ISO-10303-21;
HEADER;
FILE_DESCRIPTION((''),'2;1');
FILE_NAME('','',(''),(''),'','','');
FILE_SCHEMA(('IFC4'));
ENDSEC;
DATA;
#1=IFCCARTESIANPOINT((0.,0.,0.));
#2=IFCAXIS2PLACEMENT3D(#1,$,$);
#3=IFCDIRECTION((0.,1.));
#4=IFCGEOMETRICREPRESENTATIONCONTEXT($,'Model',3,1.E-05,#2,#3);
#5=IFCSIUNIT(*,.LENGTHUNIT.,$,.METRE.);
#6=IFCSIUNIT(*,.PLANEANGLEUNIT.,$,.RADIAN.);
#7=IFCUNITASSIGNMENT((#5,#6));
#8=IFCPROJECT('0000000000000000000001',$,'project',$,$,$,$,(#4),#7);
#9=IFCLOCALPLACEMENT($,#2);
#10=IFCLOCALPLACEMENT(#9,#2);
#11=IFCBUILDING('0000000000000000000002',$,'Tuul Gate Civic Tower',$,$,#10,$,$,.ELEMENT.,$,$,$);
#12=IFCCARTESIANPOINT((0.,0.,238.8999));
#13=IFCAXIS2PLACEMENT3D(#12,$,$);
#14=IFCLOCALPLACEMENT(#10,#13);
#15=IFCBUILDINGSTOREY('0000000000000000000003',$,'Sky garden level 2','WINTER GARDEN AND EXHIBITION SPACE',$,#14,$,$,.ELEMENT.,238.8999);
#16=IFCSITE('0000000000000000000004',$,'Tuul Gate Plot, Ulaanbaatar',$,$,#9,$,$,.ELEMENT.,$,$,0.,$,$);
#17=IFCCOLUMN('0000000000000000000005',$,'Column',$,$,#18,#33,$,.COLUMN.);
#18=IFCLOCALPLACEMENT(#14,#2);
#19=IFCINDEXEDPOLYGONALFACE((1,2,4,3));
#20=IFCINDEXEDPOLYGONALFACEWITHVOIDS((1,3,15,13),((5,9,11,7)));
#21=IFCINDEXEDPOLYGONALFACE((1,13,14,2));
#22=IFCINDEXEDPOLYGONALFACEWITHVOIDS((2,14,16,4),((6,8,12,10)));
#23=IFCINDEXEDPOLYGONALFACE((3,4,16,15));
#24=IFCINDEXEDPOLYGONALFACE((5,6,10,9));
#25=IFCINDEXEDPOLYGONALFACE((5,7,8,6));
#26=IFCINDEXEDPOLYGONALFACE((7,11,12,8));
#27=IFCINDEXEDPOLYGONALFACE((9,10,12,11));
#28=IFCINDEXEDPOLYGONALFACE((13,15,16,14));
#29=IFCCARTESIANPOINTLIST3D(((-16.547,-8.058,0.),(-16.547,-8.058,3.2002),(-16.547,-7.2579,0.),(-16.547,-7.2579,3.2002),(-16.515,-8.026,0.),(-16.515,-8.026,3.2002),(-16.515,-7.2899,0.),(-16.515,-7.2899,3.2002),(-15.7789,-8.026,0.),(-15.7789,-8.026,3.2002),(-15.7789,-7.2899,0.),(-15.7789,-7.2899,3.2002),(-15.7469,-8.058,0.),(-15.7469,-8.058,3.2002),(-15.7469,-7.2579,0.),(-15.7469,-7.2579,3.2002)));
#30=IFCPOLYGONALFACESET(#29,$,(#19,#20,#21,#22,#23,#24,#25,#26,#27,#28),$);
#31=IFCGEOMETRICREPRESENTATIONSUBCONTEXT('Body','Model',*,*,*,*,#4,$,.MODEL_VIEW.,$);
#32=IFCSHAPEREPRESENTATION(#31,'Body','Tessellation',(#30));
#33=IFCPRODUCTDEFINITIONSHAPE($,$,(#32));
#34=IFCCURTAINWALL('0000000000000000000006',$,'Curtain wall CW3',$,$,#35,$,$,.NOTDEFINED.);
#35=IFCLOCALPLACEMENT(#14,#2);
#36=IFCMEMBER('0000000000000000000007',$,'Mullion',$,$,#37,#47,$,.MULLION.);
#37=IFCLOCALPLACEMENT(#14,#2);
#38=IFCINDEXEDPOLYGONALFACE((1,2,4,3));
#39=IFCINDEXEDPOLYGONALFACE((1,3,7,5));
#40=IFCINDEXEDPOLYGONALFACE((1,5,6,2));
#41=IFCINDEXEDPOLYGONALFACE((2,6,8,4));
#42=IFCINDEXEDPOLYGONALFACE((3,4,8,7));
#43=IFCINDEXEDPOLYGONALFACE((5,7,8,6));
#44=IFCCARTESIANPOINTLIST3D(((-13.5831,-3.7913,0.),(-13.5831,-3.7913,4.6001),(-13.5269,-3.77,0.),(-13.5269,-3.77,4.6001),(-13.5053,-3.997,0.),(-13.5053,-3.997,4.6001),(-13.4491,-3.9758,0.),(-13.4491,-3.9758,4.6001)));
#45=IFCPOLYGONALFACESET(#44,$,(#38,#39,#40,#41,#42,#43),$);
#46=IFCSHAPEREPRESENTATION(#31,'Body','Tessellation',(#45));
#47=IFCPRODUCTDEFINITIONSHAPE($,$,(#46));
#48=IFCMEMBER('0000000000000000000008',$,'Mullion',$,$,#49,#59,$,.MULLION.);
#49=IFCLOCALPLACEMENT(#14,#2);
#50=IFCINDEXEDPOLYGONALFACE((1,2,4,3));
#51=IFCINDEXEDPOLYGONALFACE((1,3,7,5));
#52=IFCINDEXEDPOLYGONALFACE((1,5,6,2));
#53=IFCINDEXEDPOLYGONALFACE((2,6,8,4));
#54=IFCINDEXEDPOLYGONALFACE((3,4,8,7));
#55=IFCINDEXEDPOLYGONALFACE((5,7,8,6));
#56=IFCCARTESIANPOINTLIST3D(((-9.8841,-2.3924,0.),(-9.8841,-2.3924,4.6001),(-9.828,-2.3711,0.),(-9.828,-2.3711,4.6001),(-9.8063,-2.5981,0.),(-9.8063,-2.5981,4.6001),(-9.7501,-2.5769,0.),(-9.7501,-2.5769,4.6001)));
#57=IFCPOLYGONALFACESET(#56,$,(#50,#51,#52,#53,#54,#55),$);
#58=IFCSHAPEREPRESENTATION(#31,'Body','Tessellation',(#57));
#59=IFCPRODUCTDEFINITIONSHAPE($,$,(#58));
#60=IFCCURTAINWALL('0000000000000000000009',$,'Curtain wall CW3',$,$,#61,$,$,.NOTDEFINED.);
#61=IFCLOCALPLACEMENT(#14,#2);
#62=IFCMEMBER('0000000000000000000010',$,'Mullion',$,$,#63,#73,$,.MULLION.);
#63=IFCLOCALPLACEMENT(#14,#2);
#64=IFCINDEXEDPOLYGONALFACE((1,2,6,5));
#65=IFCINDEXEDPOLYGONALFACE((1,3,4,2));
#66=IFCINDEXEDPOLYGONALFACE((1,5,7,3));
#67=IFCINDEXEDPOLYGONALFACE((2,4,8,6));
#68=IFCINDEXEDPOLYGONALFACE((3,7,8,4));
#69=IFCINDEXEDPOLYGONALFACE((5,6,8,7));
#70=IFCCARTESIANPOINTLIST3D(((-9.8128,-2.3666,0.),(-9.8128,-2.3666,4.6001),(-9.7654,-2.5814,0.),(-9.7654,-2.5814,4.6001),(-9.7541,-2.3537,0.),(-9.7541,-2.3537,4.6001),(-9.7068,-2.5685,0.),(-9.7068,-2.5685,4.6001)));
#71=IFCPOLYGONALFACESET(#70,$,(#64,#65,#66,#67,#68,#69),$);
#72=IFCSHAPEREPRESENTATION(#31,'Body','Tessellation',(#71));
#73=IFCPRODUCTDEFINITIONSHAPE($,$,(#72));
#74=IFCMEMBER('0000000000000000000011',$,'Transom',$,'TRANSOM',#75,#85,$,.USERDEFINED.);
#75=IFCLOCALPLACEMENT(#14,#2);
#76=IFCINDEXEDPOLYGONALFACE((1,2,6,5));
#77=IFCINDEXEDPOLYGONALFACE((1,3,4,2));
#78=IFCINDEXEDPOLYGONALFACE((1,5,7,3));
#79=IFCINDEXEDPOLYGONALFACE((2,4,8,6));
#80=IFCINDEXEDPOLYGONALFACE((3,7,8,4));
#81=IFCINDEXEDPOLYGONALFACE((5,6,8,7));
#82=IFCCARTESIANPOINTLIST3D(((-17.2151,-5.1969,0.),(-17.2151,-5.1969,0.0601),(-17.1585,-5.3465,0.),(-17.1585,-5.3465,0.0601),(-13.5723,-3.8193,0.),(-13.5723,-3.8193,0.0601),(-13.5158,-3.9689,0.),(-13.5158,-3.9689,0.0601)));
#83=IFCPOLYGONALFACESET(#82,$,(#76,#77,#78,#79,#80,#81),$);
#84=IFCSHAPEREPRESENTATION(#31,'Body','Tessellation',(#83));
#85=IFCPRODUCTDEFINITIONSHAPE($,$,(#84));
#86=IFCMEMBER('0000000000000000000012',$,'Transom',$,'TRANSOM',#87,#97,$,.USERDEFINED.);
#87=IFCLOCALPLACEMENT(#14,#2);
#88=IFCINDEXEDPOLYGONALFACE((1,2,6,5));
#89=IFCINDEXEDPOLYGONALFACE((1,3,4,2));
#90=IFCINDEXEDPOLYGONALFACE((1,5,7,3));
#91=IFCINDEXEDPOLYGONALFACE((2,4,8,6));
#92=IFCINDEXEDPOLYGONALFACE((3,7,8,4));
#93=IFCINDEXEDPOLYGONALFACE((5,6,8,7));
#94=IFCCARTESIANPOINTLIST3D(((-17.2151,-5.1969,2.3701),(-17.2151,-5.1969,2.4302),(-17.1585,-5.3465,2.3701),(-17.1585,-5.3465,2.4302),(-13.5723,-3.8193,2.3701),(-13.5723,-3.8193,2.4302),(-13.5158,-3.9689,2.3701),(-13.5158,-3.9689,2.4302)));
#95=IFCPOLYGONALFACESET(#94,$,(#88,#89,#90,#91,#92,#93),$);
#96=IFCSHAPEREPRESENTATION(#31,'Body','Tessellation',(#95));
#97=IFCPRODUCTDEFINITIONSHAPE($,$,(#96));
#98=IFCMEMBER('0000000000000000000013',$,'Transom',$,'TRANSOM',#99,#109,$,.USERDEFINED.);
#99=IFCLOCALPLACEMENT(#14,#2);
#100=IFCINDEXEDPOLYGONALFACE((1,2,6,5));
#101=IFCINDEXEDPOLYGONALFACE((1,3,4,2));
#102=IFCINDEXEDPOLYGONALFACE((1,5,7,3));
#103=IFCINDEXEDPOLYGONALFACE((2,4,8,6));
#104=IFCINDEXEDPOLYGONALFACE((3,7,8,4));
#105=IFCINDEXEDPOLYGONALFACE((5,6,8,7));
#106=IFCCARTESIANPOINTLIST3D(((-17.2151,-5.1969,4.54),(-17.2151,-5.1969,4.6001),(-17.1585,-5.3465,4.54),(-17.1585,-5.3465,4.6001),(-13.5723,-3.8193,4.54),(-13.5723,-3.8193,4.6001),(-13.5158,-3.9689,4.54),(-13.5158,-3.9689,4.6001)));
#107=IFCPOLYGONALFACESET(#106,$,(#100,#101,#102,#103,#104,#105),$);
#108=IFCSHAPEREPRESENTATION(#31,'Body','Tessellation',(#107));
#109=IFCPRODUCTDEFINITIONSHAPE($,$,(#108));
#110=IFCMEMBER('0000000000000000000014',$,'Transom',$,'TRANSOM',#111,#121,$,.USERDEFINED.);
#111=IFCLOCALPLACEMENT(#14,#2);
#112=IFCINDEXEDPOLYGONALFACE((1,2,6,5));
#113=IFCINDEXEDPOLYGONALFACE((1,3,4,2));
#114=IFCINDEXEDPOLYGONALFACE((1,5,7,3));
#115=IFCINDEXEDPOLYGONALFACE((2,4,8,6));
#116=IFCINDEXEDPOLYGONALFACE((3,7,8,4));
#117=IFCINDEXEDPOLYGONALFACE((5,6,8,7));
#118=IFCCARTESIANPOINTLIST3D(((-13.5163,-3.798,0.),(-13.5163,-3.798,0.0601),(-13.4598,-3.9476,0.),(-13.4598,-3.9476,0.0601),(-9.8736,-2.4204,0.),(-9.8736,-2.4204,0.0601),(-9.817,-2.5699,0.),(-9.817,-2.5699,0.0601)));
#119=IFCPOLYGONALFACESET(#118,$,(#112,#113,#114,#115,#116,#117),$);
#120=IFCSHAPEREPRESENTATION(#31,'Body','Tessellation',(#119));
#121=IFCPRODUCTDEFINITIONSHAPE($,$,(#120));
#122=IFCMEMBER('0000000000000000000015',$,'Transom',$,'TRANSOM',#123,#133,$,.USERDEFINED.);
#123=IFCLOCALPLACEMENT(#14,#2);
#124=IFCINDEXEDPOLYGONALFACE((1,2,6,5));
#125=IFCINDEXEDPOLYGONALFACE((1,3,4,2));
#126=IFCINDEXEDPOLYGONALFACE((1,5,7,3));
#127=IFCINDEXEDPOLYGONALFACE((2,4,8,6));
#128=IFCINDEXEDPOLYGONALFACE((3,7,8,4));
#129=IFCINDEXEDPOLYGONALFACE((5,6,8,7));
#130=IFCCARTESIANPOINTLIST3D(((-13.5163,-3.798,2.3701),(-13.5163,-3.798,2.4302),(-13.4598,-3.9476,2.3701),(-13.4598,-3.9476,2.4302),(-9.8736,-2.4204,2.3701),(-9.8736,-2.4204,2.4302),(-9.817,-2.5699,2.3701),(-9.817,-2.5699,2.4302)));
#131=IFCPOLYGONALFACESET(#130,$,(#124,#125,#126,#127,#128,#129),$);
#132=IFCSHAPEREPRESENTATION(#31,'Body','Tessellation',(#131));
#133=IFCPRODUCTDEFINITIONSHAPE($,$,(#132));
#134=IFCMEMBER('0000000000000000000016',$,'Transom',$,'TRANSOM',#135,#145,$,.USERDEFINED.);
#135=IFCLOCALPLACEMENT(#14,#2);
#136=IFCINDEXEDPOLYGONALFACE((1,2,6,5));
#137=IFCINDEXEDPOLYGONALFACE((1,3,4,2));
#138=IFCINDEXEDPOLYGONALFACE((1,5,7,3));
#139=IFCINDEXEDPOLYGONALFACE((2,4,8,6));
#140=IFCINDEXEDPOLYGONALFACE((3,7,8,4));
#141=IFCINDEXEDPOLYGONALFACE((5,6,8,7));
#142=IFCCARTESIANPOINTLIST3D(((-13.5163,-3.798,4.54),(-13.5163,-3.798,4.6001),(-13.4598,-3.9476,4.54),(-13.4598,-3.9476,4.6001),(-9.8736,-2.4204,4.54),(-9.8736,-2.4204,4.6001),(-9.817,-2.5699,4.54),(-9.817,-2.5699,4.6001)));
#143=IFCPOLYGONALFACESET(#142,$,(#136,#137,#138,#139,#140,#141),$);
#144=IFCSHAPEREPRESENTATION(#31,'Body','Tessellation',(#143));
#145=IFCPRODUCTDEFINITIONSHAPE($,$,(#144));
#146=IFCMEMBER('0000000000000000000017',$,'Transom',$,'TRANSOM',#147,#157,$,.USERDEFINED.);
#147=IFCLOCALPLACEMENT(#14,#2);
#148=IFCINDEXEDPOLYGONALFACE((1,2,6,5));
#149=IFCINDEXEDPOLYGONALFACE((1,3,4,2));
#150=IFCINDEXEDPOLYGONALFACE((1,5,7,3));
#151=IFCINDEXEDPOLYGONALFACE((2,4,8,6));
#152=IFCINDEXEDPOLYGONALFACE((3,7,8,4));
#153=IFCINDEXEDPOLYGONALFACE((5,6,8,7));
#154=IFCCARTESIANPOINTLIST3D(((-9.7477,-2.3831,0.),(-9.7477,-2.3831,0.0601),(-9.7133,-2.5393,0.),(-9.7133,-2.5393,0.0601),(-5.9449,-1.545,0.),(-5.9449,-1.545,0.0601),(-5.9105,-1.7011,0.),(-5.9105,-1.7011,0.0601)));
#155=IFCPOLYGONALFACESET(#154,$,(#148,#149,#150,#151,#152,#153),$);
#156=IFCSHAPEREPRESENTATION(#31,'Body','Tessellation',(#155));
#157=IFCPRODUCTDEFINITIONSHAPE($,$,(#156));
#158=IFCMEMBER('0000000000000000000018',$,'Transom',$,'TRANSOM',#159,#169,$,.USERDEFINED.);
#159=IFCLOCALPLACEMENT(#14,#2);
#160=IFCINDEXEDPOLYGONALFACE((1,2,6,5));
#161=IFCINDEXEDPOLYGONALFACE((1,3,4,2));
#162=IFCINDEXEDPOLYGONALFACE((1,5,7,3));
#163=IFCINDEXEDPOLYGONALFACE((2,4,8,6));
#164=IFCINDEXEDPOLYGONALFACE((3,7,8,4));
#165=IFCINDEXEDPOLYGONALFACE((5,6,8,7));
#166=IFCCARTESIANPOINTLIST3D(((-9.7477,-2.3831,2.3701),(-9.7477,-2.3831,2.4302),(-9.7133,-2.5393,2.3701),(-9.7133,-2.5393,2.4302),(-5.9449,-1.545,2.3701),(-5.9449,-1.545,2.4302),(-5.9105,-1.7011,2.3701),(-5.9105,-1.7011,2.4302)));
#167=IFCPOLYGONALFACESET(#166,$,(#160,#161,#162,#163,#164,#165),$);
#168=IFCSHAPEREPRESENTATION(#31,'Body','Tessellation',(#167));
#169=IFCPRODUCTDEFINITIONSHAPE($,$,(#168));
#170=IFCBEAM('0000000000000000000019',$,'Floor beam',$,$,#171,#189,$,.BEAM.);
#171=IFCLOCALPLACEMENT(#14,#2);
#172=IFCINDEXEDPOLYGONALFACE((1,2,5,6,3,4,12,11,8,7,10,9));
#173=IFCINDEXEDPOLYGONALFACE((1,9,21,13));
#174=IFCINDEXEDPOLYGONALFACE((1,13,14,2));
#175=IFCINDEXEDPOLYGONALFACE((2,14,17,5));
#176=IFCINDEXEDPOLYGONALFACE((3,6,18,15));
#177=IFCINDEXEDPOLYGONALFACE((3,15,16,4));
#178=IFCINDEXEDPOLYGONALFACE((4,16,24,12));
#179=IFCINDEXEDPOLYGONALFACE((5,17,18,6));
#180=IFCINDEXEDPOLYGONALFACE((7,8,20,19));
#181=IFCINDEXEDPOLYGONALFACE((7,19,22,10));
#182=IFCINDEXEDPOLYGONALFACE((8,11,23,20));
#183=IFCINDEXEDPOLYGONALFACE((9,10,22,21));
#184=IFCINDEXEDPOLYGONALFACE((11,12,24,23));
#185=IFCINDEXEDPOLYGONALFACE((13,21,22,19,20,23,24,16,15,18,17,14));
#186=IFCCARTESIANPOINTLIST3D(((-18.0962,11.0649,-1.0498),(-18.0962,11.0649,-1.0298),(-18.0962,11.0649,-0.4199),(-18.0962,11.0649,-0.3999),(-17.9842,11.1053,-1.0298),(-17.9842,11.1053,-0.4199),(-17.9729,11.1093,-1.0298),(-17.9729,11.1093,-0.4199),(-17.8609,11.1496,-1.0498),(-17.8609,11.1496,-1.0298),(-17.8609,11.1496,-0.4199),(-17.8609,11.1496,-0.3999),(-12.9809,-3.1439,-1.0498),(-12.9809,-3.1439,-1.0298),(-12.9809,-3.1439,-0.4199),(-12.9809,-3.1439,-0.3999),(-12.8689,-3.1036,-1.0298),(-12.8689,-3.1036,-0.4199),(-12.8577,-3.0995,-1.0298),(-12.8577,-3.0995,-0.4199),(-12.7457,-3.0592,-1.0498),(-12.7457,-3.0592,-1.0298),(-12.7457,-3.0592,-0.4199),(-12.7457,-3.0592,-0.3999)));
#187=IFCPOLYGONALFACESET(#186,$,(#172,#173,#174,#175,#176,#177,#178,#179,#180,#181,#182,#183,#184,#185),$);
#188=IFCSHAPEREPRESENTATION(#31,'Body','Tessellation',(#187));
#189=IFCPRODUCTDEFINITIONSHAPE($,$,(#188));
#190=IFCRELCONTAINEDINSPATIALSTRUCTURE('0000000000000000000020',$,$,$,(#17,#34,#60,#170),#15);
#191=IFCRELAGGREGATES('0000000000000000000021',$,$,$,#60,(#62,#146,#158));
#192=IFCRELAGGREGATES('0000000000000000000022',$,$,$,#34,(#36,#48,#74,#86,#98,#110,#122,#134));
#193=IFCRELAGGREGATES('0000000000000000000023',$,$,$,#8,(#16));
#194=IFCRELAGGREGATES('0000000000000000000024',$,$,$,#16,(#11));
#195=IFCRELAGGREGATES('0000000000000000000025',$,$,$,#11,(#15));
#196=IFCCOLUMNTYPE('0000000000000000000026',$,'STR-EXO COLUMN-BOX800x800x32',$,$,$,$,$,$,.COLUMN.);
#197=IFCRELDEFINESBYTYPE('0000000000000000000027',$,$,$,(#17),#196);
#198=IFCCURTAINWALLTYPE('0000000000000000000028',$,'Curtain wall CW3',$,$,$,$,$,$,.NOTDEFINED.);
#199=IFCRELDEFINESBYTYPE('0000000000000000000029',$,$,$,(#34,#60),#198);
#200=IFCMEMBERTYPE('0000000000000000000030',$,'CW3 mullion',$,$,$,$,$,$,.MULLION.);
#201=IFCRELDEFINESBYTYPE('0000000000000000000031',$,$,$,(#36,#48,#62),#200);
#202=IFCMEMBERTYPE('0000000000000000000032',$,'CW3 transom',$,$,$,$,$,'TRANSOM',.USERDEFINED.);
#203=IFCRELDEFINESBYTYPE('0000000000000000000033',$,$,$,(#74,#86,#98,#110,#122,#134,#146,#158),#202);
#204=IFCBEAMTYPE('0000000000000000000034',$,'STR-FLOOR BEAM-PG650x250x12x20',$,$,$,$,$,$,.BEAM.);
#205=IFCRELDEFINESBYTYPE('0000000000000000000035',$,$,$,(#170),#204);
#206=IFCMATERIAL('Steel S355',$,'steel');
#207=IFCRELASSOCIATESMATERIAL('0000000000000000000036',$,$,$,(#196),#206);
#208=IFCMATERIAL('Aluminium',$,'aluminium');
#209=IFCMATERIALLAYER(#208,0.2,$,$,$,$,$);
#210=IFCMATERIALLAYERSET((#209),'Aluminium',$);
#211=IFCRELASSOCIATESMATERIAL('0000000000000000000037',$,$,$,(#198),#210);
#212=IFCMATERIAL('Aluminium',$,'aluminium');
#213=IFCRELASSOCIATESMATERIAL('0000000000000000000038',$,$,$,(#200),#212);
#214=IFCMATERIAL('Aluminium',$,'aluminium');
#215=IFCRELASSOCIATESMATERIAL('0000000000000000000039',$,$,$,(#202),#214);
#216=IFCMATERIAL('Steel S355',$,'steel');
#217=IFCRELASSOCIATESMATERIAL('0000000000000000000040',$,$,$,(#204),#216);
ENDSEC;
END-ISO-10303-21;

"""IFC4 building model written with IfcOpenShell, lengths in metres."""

from ifc_helpers import new_model, si_unit, direction, frame, origin, origin_2d, place, context, subcontext, project, spatial, rectangle, hollow_rectangle, i_section, extrude, material, layer, layer_set, material_profile, profile_set, type_object, element, aggregate, save


model = new_model("IFC4")

# Units and contexts
model_context = context("Model", 3, precision=1e-05, world=origin(), true_north=direction((0.0, 1.0)))
body_context = subcontext(model_context, "Body", "Model", "MODEL_VIEW")
ifc_project = project(units=[si_unit("LENGTHUNIT", "METRE"), si_unit("PLANEANGLEUNIT", "RADIAN")], contexts=[model_context])

# Site, building, storey
site_placement = place(None, origin())
site = spatial("IfcSite", under=ifc_project, at=site_placement, Name="Tuul Gate Plot, Ulaanbaatar", CompositionType="ELEMENT", RefElevation=0.0)
building_placement = place(site_placement, origin())
building = spatial("IfcBuilding", under=site, at=building_placement, Name="Tuul Gate Civic Tower", CompositionType="ELEMENT")
storey_placement = place(building_placement, frame((0.0, 0.0, 238.8999)))
storey = spatial("IfcBuildingStorey", under=building, at=storey_placement, Name="Sky garden level 2", Description="WINTER GARDEN AND EXHIBITION SPACE", CompositionType="ELEMENT", Elevation=238.8999)

# Column
ifc_material_1 = material(Name="Steel S355", Category="steel")
ifc_material_profile_1 = material_profile(ifc_material_1, hollow_rectangle(XDim=0.8, YDim=0.8, WallThickness=0.032, at=origin_2d()), Name="BOX800x800x32")
ifc_profile_set_1 = profile_set([ifc_material_profile_1], Name="Steel S355")
column_type = type_object("IfcColumnType", Name="STR-EXO COLUMN-BOX800x800x32", PredefinedType="COLUMN", material=ifc_profile_set_1)
column_placement = place(storey_placement, frame((-16.147, -7.658, 0.0), z_axis=(0.0, 0.0, 1.0), x_axis=(1.0, 0.0, 0.0)))
element("IfcColumn", 1, at=column_placement, inside=storey, type_object=column_type, Name="Column", PredefinedType="COLUMN", context=body_context, shape_type="SweptSolid", body=[
    extrude(hollow_rectangle(XDim=0.8, YDim=0.8, WallThickness=0.032, at=origin_2d()), origin(), (0.0, 0.0, 1.0), 3.2002),
])

# Curtain wall, members
ifc_material_2 = material(Name="Aluminium", Category="aluminium")
ifc_layer_1 = layer(ifc_material_2, 0.2)
ifc_layer_set_1 = layer_set([ifc_layer_1], Name="Aluminium")
curtain_wall_type = type_object("IfcCurtainWallType", Name="Curtain wall CW3", PredefinedType="NOTDEFINED", material=ifc_layer_set_1)
curtain_wall_1_placement = place(storey_placement, origin())
curtain_wall_1 = element("IfcCurtainWall", 2, at=curtain_wall_1_placement, inside=storey, type_object=curtain_wall_type, Name="Curtain wall CW3", PredefinedType="NOTDEFINED")
ifc_material_3 = material(Name="Aluminium", Category="aluminium")
ifc_material_profile_2 = material_profile(ifc_material_3, rectangle(XDim=0.22, YDim=0.0601, at=origin_2d()), Name="CW3 mullion")
ifc_profile_set_2 = profile_set([ifc_material_profile_2], Name="Aluminium")
member_type_1 = type_object("IfcMemberType", Name="CW3 mullion", PredefinedType="MULLION", material=ifc_profile_set_2)
member_1_placement = place(storey_placement, frame((-13.5161, -3.8835, 0.0), z_axis=(0.0, 0.0, 1.0), x_axis=(-0.353735, 0.935346, 0.0)))
member_1 = element("IfcMember", 3, at=member_1_placement, type_object=member_type_1, Name="Mullion", PredefinedType="MULLION", context=body_context, shape_type="SweptSolid", body=[
    extrude(rectangle(XDim=0.22, YDim=0.0601, at=origin_2d()), origin(), (0.0, 0.0, 1.0), 4.6001),
])
member_2_placement = place(storey_placement, frame((-9.8171, -2.4846, 0.0), z_axis=(0.0, 0.0, 1.0), x_axis=(-0.353735, 0.935346, 0.0)))
member_2 = element("IfcMember", 4, at=member_2_placement, type_object=member_type_1, Name="Mullion", PredefinedType="MULLION", context=body_context, shape_type="SweptSolid", body=[
    extrude(rectangle(XDim=0.22, YDim=0.0601, at=origin_2d()), origin(), (0.0, 0.0, 1.0), 4.6001),
])

# Curtain wall, member
curtain_wall_2_placement = place(storey_placement, origin())
curtain_wall_2 = element("IfcCurtainWall", 5, at=curtain_wall_2_placement, inside=storey, type_object=curtain_wall_type, Name="Curtain wall CW3", PredefinedType="NOTDEFINED")
member_3_placement = place(storey_placement, frame((-9.7598, -2.4675, 0.0), z_axis=(0.0, 0.0, 1.0), x_axis=(-0.215242, 0.976561, 0.0)))
member_3 = element("IfcMember", 6, at=member_3_placement, type_object=member_type_1, Name="Mullion", PredefinedType="MULLION", context=body_context, shape_type="SweptSolid", body=[
    extrude(rectangle(XDim=0.22, YDim=0.0601, at=origin_2d()), origin(), (0.0, 0.0, 1.0), 4.6001),
])

# Members
ifc_material_4 = material(Name="Aluminium", Category="aluminium")
ifc_material_profile_3 = material_profile(ifc_material_4, rectangle(XDim=0.1599, YDim=0.0601, at=origin_2d()), Name="CW3 transom")
ifc_profile_set_3 = profile_set([ifc_material_profile_3], Name="Aluminium")
member_type_2 = type_object("IfcMemberType", Name="CW3 transom", ElementType="TRANSOM", PredefinedType="USERDEFINED", material=ifc_profile_set_3)
member_4_placement = place(storey_placement, frame((-17.1868, -5.2717, 0.03), z_axis=(0.935344, 0.353739, 0.0), x_axis=(-0.353739, 0.935344, 0.0)))
member_4 = element("IfcMember", 7, at=member_4_placement, type_object=member_type_2, Name="Transom", ObjectType="TRANSOM", PredefinedType="USERDEFINED", context=body_context, shape_type="SweptSolid", body=[
    extrude(rectangle(XDim=0.1599, YDim=0.0601, at=origin_2d()), origin(), (0.0, 0.0, 1.0), 3.8945),
])
member_5_placement = place(storey_placement, frame((-17.1868, -5.2717, 2.4001), z_axis=(0.935344, 0.353739, 0.0), x_axis=(-0.353739, 0.935344, 0.0)))
member_5 = element("IfcMember", 8, at=member_5_placement, type_object=member_type_2, Name="Transom", ObjectType="TRANSOM", PredefinedType="USERDEFINED", context=body_context, shape_type="SweptSolid", body=[
    extrude(rectangle(XDim=0.1599, YDim=0.0601, at=origin_2d()), origin(), (0.0, 0.0, 1.0), 3.8945),
])
member_6_placement = place(storey_placement, frame((-17.1868, -5.2717, 4.5701), z_axis=(0.935344, 0.353739, 0.0), x_axis=(-0.353739, 0.935344, 0.0)))
member_6 = element("IfcMember", 9, at=member_6_placement, type_object=member_type_2, Name="Transom", ObjectType="TRANSOM", PredefinedType="USERDEFINED", context=body_context, shape_type="SweptSolid", body=[
    extrude(rectangle(XDim=0.1599, YDim=0.0601, at=origin_2d()), origin(), (0.0, 0.0, 1.0), 3.8945),
])
member_7_placement = place(storey_placement, frame((-13.488, -3.8728, 0.03), z_axis=(0.935344, 0.353739, 0.0), x_axis=(-0.353739, 0.935344, 0.0)))
member_7 = element("IfcMember", 10, at=member_7_placement, type_object=member_type_2, Name="Transom", ObjectType="TRANSOM", PredefinedType="USERDEFINED", context=body_context, shape_type="SweptSolid", body=[
    extrude(rectangle(XDim=0.1599, YDim=0.0601, at=origin_2d()), origin(), (0.0, 0.0, 1.0), 3.8945),
])
member_8_placement = place(storey_placement, frame((-13.488, -3.8728, 2.4001), z_axis=(0.935344, 0.353739, 0.0), x_axis=(-0.353739, 0.935344, 0.0)))
member_8 = element("IfcMember", 11, at=member_8_placement, type_object=member_type_2, Name="Transom", ObjectType="TRANSOM", PredefinedType="USERDEFINED", context=body_context, shape_type="SweptSolid", body=[
    extrude(rectangle(XDim=0.1599, YDim=0.0601, at=origin_2d()), origin(), (0.0, 0.0, 1.0), 3.8945),
])
member_9_placement = place(storey_placement, frame((-13.488, -3.8728, 4.5701), z_axis=(0.935344, 0.353739, 0.0), x_axis=(-0.353739, 0.935344, 0.0)))
member_9 = element("IfcMember", 12, at=member_9_placement, type_object=member_type_2, Name="Transom", ObjectType="TRANSOM", PredefinedType="USERDEFINED", context=body_context, shape_type="SweptSolid", body=[
    extrude(rectangle(XDim=0.1599, YDim=0.0601, at=origin_2d()), origin(), (0.0, 0.0, 1.0), 3.8945),
])
member_10_placement = place(storey_placement, frame((-9.7305, -2.4612, 0.03), z_axis=(0.976562, 0.215237, 0.0), x_axis=(-0.215237, 0.976562, 0.0)))
member_10 = element("IfcMember", 13, at=member_10_placement, type_object=member_type_2, Name="Transom", ObjectType="TRANSOM", PredefinedType="USERDEFINED", context=body_context, shape_type="SweptSolid", body=[
    extrude(rectangle(XDim=0.1599, YDim=0.0601, at=origin_2d()), origin(), (0.0, 0.0, 1.0), 3.894),
])
member_11_placement = place(storey_placement, frame((-9.7305, -2.4612, 2.4001), z_axis=(0.976562, 0.215237, 0.0), x_axis=(-0.215237, 0.976562, 0.0)))
member_11 = element("IfcMember", 14, at=member_11_placement, type_object=member_type_2, Name="Transom", ObjectType="TRANSOM", PredefinedType="USERDEFINED", context=body_context, shape_type="SweptSolid", body=[
    extrude(rectangle(XDim=0.1599, YDim=0.0601, at=origin_2d()), origin(), (0.0, 0.0, 1.0), 3.894),
])
aggregate(curtain_wall_2, [member_3, member_10, member_11])

# Beam
ifc_material_5 = material(Name="Steel S355", Category="steel")
ifc_material_profile_4 = material_profile(ifc_material_5, i_section(OverallWidth=0.25, OverallDepth=0.6499, WebThickness=0.012, FlangeThickness=0.02, at=origin_2d()), Name="PG650x250x12x20")
ifc_profile_set_4 = profile_set([ifc_material_profile_4], Name="Steel S355")
beam_type_1 = type_object("IfcBeamType", Name="STR-FLOOR BEAM-PG650x250x12x20", PredefinedType="BEAM", material=ifc_profile_set_4)
beam_1_placement = place(storey_placement, frame((-12.8633, -3.1016, -0.7249), z_axis=(-0.338725, 0.940886, 0.0), x_axis=(-0.940886, -0.338725, 0.0)))
element("IfcBeam", 15, at=beam_1_placement, inside=storey, type_object=beam_type_1, Name="Floor beam", PredefinedType="BEAM", context=body_context, shape_type="SweptSolid", body=[
    extrude(i_section(OverallWidth=0.25, OverallDepth=0.6499, WebThickness=0.012, FlangeThickness=0.02, at=origin_2d()), origin(), (0.0, 0.0, 1.0), 15.1016),
])

aggregate(curtain_wall_1, [member_1, member_2, member_4, member_5, member_6, member_7, member_8, member_9])

save(model, "model.ifc")
